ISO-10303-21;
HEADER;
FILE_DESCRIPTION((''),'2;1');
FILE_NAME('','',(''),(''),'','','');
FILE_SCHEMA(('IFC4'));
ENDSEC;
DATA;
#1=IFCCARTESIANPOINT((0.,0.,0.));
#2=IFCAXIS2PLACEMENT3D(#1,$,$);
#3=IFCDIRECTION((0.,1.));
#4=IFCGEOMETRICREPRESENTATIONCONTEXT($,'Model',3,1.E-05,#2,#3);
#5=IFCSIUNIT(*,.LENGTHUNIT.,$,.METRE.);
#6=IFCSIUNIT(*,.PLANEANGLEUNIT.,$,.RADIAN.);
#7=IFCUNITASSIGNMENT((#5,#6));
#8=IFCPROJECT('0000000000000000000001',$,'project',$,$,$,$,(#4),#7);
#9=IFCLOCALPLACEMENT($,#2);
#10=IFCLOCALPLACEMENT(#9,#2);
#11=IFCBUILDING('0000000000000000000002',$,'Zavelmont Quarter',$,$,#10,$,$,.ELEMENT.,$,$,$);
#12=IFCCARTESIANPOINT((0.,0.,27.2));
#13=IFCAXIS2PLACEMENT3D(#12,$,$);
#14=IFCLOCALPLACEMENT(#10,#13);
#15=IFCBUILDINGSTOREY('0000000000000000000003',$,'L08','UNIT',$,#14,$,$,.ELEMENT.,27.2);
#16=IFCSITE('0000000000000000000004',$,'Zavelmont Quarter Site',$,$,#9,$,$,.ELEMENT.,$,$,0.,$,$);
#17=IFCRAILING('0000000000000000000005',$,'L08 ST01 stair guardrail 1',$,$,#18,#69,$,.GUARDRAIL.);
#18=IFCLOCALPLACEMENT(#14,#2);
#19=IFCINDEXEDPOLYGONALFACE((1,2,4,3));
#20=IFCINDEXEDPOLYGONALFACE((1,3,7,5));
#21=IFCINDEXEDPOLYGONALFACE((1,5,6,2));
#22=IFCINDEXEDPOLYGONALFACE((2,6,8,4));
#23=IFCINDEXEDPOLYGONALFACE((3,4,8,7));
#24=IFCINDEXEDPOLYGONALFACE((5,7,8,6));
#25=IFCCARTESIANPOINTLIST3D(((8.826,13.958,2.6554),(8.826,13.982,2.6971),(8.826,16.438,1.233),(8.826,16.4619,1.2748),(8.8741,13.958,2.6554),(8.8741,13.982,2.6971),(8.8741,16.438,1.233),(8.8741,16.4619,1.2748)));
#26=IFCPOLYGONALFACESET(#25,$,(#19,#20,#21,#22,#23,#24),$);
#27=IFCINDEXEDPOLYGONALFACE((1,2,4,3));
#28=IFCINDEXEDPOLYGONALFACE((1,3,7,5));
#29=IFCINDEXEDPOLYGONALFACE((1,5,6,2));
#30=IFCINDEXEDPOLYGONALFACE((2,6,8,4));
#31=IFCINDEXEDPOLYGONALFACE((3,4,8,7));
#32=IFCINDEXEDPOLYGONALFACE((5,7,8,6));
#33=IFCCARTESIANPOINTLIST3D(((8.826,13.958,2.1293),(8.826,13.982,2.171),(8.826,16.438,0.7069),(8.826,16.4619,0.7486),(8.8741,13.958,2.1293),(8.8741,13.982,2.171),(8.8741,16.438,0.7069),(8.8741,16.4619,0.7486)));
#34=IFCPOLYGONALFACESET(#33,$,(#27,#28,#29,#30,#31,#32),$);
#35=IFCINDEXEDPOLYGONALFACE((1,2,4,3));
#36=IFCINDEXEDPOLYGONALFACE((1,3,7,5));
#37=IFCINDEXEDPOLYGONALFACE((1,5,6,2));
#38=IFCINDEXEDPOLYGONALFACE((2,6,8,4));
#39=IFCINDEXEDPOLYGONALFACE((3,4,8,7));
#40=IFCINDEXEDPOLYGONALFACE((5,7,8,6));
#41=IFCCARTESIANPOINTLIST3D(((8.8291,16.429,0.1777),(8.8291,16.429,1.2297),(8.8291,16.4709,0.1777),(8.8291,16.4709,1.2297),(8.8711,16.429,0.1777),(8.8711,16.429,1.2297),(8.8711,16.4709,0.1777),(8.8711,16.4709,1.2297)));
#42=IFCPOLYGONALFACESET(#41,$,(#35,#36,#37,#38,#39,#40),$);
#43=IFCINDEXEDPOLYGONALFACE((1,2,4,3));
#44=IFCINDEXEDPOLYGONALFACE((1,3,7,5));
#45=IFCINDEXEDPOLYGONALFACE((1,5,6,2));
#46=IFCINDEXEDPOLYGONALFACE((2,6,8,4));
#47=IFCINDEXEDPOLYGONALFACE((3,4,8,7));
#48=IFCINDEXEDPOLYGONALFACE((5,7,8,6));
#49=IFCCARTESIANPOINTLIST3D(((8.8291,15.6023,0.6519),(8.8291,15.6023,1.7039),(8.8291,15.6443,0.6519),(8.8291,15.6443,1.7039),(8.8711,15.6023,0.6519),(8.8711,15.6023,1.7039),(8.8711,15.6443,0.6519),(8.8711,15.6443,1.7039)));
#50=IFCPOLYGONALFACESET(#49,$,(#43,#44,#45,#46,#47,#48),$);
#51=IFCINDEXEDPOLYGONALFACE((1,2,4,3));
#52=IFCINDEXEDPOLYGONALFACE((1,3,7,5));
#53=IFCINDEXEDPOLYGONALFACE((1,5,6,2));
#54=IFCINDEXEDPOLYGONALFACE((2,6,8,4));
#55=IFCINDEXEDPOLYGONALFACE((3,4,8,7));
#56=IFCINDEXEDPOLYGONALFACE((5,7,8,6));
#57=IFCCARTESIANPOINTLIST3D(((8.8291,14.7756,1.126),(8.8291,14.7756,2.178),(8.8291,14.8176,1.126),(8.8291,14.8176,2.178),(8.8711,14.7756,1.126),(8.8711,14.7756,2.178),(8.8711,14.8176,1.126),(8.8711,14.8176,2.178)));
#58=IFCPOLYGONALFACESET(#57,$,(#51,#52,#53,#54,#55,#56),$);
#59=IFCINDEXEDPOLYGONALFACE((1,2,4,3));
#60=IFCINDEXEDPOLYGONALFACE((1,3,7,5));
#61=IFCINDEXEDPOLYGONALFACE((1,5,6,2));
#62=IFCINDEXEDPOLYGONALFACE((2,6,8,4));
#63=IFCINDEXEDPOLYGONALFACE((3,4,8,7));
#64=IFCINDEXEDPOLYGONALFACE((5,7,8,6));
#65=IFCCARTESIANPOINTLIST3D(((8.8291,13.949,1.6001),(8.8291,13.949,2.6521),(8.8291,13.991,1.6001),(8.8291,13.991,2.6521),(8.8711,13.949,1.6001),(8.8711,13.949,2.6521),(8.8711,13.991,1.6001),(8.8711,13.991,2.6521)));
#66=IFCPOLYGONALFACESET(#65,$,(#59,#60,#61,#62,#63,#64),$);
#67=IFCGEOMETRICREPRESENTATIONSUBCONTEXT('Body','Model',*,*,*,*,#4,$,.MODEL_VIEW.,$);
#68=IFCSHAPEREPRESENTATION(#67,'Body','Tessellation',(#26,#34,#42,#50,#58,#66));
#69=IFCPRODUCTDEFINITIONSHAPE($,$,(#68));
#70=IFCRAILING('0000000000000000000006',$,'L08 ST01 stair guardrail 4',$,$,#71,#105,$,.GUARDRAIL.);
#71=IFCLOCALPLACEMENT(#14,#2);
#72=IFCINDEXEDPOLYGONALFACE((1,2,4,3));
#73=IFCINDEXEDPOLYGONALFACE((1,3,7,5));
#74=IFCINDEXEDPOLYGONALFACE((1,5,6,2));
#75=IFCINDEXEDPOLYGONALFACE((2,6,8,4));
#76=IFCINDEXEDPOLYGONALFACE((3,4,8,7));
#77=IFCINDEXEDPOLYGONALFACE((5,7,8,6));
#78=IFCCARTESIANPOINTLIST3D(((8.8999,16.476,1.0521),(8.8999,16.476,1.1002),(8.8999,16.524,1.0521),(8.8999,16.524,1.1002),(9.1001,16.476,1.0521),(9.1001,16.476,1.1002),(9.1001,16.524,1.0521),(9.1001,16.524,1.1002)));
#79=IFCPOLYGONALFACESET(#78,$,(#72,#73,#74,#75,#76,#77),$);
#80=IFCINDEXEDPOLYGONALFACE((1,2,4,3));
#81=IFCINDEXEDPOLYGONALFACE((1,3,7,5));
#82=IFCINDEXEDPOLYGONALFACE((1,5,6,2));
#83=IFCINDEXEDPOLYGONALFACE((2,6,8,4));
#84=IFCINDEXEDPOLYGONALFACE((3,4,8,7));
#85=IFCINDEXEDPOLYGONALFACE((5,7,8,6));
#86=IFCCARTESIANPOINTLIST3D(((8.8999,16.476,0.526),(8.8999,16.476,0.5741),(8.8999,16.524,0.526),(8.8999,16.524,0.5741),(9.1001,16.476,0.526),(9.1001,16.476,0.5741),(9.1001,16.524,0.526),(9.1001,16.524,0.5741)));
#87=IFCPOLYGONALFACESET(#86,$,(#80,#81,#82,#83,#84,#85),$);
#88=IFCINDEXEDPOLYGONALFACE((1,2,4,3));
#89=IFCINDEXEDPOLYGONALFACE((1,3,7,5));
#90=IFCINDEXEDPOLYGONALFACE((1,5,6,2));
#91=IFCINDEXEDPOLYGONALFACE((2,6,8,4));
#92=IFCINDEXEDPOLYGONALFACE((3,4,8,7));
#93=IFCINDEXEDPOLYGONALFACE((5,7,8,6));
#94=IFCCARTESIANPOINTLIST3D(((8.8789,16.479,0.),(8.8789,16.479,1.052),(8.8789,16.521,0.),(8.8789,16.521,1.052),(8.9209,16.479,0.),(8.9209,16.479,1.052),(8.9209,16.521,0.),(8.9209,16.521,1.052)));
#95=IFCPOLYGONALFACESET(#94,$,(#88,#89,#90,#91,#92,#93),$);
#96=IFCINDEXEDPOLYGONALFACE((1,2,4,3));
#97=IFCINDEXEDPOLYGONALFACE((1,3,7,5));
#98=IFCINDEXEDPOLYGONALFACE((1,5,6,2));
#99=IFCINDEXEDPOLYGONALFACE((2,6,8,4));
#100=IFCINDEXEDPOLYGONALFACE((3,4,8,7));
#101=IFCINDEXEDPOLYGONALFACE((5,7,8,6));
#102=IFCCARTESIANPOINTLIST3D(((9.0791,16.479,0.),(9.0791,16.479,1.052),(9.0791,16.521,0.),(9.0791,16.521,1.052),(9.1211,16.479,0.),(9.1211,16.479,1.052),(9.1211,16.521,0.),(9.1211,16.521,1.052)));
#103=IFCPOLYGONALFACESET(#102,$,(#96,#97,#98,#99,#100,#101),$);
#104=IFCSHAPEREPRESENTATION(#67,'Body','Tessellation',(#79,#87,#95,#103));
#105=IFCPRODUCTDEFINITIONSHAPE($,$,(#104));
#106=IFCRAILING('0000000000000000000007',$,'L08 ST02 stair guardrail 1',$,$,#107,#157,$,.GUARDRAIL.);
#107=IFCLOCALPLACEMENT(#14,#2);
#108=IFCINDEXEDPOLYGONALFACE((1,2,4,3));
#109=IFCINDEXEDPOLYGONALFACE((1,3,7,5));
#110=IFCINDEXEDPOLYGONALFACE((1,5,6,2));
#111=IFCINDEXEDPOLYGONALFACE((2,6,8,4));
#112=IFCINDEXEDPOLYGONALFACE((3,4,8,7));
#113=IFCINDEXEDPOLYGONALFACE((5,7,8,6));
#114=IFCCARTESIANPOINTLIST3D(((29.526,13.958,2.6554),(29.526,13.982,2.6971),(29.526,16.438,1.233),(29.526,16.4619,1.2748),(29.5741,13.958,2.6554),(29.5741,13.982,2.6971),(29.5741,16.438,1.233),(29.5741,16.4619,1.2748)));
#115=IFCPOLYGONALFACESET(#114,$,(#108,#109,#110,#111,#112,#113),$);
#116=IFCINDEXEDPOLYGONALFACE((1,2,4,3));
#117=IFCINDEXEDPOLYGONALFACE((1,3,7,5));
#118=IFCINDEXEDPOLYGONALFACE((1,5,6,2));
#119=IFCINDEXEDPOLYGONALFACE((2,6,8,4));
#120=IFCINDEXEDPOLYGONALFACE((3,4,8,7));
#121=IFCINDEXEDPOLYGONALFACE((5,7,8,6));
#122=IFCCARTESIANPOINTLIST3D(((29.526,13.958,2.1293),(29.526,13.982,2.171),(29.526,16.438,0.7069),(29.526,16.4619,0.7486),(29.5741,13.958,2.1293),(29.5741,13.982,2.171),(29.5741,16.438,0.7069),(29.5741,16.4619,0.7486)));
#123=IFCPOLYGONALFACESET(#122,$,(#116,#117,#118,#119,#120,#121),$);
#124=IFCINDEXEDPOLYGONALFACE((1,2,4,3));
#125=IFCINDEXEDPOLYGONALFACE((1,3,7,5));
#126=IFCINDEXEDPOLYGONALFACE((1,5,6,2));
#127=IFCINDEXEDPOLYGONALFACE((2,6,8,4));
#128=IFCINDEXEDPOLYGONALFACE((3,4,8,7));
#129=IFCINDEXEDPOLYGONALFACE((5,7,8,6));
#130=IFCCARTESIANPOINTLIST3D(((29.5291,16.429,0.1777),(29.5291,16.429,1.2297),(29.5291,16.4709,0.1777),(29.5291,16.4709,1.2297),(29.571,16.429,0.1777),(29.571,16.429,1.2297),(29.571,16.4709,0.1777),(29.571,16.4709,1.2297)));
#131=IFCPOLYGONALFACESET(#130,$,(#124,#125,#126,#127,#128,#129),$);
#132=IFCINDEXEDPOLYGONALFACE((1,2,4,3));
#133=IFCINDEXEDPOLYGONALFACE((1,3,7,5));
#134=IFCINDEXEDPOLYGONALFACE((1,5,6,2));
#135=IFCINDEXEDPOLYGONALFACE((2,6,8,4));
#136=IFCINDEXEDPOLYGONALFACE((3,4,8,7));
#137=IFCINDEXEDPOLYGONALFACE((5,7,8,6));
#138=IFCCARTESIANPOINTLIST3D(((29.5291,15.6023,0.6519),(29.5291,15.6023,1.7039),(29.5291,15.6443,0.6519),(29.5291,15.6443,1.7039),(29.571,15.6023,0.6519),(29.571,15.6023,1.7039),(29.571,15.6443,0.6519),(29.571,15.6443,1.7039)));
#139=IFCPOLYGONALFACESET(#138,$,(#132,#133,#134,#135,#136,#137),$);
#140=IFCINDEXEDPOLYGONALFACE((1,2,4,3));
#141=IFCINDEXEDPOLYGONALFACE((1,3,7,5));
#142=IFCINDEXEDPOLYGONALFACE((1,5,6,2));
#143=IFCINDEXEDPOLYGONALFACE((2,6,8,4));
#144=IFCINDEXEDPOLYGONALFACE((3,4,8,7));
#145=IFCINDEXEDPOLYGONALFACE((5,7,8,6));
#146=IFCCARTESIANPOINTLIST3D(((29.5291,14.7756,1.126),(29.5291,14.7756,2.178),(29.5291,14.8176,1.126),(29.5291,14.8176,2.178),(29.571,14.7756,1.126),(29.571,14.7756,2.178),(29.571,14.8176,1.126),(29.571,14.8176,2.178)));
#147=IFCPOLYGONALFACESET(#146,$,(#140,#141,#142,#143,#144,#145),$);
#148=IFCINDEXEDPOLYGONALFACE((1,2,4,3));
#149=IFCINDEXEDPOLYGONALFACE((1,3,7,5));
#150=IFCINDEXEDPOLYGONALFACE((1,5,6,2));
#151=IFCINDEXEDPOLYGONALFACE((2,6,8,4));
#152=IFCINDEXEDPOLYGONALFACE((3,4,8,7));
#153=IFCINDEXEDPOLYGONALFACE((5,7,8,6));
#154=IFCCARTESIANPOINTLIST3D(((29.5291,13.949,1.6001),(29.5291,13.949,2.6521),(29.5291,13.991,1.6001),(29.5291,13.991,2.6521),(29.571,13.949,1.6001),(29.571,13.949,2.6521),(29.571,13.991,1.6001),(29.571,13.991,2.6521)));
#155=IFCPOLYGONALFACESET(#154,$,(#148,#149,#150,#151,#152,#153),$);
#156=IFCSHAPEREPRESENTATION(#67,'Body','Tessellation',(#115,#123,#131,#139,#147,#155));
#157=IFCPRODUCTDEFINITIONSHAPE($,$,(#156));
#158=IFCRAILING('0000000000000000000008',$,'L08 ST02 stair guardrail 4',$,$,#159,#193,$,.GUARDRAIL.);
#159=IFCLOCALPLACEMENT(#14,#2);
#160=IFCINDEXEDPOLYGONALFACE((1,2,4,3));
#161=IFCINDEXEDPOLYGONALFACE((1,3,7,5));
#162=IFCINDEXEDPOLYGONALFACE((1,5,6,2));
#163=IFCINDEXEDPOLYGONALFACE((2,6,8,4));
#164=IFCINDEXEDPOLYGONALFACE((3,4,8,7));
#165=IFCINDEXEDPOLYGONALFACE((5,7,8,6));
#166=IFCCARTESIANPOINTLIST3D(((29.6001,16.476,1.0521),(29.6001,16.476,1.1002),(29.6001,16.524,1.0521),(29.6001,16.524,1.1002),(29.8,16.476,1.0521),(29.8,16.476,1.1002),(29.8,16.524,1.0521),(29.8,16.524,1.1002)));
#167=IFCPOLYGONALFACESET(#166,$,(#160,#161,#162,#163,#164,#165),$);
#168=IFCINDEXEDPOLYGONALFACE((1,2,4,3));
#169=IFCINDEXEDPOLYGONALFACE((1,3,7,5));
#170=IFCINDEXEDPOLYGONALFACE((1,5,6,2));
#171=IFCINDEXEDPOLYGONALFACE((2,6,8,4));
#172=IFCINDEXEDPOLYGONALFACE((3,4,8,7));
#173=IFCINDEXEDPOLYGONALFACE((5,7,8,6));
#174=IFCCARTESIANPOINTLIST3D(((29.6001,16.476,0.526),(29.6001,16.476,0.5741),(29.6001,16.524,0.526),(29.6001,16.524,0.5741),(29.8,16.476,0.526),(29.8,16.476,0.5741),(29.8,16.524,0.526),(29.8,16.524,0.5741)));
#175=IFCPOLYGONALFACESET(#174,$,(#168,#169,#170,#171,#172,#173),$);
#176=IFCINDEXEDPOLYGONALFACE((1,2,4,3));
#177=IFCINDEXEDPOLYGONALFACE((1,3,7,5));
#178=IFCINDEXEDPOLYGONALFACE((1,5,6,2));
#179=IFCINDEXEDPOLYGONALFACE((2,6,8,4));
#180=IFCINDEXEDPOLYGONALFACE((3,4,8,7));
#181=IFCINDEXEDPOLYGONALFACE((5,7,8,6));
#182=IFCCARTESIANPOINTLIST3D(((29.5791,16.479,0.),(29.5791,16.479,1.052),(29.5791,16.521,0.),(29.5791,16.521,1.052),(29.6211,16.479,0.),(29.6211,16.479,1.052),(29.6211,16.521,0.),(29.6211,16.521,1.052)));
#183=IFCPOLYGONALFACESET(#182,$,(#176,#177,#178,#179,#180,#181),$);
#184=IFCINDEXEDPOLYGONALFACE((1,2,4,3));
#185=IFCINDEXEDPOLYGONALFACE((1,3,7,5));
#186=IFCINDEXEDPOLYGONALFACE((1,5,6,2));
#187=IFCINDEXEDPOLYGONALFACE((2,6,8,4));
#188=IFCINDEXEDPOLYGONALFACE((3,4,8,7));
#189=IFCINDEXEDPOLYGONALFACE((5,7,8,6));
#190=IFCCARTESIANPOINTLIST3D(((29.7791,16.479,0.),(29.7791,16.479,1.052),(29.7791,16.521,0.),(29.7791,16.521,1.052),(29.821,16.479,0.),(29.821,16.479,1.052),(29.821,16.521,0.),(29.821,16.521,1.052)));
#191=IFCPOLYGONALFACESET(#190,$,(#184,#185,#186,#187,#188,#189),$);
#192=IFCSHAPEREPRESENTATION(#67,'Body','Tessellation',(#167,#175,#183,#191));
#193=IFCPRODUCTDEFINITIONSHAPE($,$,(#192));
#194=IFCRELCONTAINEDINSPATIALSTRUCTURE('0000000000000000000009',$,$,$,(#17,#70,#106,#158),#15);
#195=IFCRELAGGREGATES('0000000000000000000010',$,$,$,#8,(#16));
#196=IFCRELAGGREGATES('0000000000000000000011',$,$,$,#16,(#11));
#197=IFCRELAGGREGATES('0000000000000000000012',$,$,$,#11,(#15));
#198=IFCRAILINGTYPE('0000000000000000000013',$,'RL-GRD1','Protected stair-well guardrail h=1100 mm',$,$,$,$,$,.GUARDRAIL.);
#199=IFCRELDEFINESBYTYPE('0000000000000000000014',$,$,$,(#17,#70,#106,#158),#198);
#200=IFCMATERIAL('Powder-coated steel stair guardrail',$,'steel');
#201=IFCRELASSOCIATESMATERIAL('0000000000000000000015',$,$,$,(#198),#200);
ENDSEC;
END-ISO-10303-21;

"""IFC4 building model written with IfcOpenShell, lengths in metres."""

from ifc_helpers import new_model, si_unit, direction, frame, origin, origin_2d, place, context, subcontext, project, spatial, rectangle, extrude, material, type_object, element, save


model = new_model("IFC4")

# Units and contexts
model_context = context("Model", 3, precision=1e-05, world=origin(), true_north=direction((0.0, 1.0)))
body_context = subcontext(model_context, "Body", "Model", "MODEL_VIEW")
ifc_project = project(units=[si_unit("LENGTHUNIT", "METRE"), si_unit("PLANEANGLEUNIT", "RADIAN")], contexts=[model_context])

# Site, building, storey
site_placement = place(None, origin())
site = spatial("IfcSite", under=ifc_project, at=site_placement, Name="Zavelmont Quarter Site", CompositionType="ELEMENT", RefElevation=0.0)
building_placement = place(site_placement, origin())
building = spatial("IfcBuilding", under=site, at=building_placement, Name="Zavelmont Quarter", CompositionType="ELEMENT")
storey_placement = place(building_placement, frame((0.0, 0.0, 27.2)))
storey = spatial("IfcBuildingStorey", under=building, at=storey_placement, Name="L08", Description="UNIT", CompositionType="ELEMENT", Elevation=27.2)

# Railings
ifc_material_1 = material(Name="Powder-coated steel stair guardrail", Category="steel")
railing_type_1 = type_object("IfcRailingType", Name="RL-GRD1", Description="Protected stair-well guardrail h=1100 mm", PredefinedType="GUARDRAIL", material=ifc_material_1)
railing_1_placement = place(storey_placement, frame((8.8501, 16.45, 0.1777)))
element("IfcRailing", 1, at=railing_1_placement, inside=storey, type_object=railing_type_1, Name="L08 ST01 stair guardrail 1", PredefinedType="GUARDRAIL", context=body_context, shape_type="SweptSolid", body=[
    extrude(rectangle(XDim=0.0481, YDim=0.0481, at=origin_2d()), frame((0.0, 0.0, 1.0762), z_axis=(0.0, -0.867454, 0.497518), x_axis=(1.0, 0.0, 0.0)), (0.0, 0.0, 1.0), 2.8589),
    extrude(rectangle(XDim=0.0481, YDim=0.0481, at=origin_2d()), frame((0.0, 0.0, 0.55), z_axis=(0.0, -0.867454, 0.497518), x_axis=(1.0, 0.0, 0.0)), (0.0, 0.0, 1.0), 2.8589),
    extrude(rectangle(XDim=0.042, YDim=0.042, at=origin_2d()), origin(), (0.0, 0.0, 1.0), 1.052),
    extrude(rectangle(XDim=0.042, YDim=0.042, at=origin_2d()), frame((0.0, -0.8267, 0.4741)), (0.0, 0.0, 1.0), 1.052),
    extrude(rectangle(XDim=0.042, YDim=0.042, at=origin_2d()), frame((0.0, -1.6533, 0.9482)), (0.0, 0.0, 1.0), 1.052),
    extrude(rectangle(XDim=0.042, YDim=0.042, at=origin_2d()), frame((0.0, -2.48, 1.4224)), (0.0, 0.0, 1.0), 1.052),
])
railing_2_placement = place(storey_placement, frame((8.8999, 16.5, 0.0)))
element("IfcRailing", 2, at=railing_2_placement, inside=storey, type_object=railing_type_1, Name="L08 ST01 stair guardrail 4", PredefinedType="GUARDRAIL", context=body_context, shape_type="SweptSolid", body=[
    extrude(rectangle(XDim=0.0481, YDim=0.0481, at=origin_2d()), frame((0.0, 0.0, 1.0762), z_axis=(1.0, 0.0, 0.0), x_axis=(0.0, 1.0, 0.0)), (0.0, 0.0, 1.0), 0.2002),
    extrude(rectangle(XDim=0.0481, YDim=0.0481, at=origin_2d()), frame((0.0, 0.0, 0.55), z_axis=(1.0, 0.0, 0.0), x_axis=(0.0, 1.0, 0.0)), (0.0, 0.0, 1.0), 0.2002),
    extrude(rectangle(XDim=0.042, YDim=0.042, at=origin_2d()), origin(), (0.0, 0.0, 1.0), 1.052),
    extrude(rectangle(XDim=0.042, YDim=0.042, at=origin_2d()), frame((0.2002, 0.0, 0.0)), (0.0, 0.0, 1.0), 1.052),
])
railing_3_placement = place(storey_placement, frame((29.55, 16.45, 0.1777)))
element("IfcRailing", 3, at=railing_3_placement, inside=storey, type_object=railing_type_1, Name="L08 ST02 stair guardrail 1", PredefinedType="GUARDRAIL", context=body_context, shape_type="SweptSolid", body=[
    extrude(rectangle(XDim=0.0481, YDim=0.0481, at=origin_2d()), frame((0.0, 0.0, 1.0762), z_axis=(0.0, -0.867454, 0.497518), x_axis=(1.0, 0.0, 0.0)), (0.0, 0.0, 1.0), 2.8589),
    extrude(rectangle(XDim=0.0481, YDim=0.0481, at=origin_2d()), frame((0.0, 0.0, 0.55), z_axis=(0.0, -0.867454, 0.497518), x_axis=(1.0, 0.0, 0.0)), (0.0, 0.0, 1.0), 2.8589),
    extrude(rectangle(XDim=0.042, YDim=0.042, at=origin_2d()), origin(), (0.0, 0.0, 1.0), 1.052),
    extrude(rectangle(XDim=0.042, YDim=0.042, at=origin_2d()), frame((0.0, -0.8267, 0.4741)), (0.0, 0.0, 1.0), 1.052),
    extrude(rectangle(XDim=0.042, YDim=0.042, at=origin_2d()), frame((0.0, -1.6533, 0.9482)), (0.0, 0.0, 1.0), 1.052),
    extrude(rectangle(XDim=0.042, YDim=0.042, at=origin_2d()), frame((0.0, -2.48, 1.4224)), (0.0, 0.0, 1.0), 1.052),
])
railing_4_placement = place(storey_placement, frame((29.6001, 16.5, 0.0)))
element("IfcRailing", 4, at=railing_4_placement, inside=storey, type_object=railing_type_1, Name="L08 ST02 stair guardrail 4", PredefinedType="GUARDRAIL", context=body_context, shape_type="SweptSolid", body=[
    extrude(rectangle(XDim=0.0481, YDim=0.0481, at=origin_2d()), frame((0.0, 0.0, 1.0762), z_axis=(1.0, 0.0, 0.0), x_axis=(0.0, 1.0, 0.0)), (0.0, 0.0, 1.0), 0.2),
    extrude(rectangle(XDim=0.0481, YDim=0.0481, at=origin_2d()), frame((0.0, 0.0, 0.55), z_axis=(1.0, 0.0, 0.0), x_axis=(0.0, 1.0, 0.0)), (0.0, 0.0, 1.0), 0.2),
    extrude(rectangle(XDim=0.042, YDim=0.042, at=origin_2d()), origin(), (0.0, 0.0, 1.0), 1.052),
    extrude(rectangle(XDim=0.042, YDim=0.042, at=origin_2d()), frame((0.2, 0.0, 0.0)), (0.0, 0.0, 1.0), 1.052),
])

save(model, "model.ifc")
